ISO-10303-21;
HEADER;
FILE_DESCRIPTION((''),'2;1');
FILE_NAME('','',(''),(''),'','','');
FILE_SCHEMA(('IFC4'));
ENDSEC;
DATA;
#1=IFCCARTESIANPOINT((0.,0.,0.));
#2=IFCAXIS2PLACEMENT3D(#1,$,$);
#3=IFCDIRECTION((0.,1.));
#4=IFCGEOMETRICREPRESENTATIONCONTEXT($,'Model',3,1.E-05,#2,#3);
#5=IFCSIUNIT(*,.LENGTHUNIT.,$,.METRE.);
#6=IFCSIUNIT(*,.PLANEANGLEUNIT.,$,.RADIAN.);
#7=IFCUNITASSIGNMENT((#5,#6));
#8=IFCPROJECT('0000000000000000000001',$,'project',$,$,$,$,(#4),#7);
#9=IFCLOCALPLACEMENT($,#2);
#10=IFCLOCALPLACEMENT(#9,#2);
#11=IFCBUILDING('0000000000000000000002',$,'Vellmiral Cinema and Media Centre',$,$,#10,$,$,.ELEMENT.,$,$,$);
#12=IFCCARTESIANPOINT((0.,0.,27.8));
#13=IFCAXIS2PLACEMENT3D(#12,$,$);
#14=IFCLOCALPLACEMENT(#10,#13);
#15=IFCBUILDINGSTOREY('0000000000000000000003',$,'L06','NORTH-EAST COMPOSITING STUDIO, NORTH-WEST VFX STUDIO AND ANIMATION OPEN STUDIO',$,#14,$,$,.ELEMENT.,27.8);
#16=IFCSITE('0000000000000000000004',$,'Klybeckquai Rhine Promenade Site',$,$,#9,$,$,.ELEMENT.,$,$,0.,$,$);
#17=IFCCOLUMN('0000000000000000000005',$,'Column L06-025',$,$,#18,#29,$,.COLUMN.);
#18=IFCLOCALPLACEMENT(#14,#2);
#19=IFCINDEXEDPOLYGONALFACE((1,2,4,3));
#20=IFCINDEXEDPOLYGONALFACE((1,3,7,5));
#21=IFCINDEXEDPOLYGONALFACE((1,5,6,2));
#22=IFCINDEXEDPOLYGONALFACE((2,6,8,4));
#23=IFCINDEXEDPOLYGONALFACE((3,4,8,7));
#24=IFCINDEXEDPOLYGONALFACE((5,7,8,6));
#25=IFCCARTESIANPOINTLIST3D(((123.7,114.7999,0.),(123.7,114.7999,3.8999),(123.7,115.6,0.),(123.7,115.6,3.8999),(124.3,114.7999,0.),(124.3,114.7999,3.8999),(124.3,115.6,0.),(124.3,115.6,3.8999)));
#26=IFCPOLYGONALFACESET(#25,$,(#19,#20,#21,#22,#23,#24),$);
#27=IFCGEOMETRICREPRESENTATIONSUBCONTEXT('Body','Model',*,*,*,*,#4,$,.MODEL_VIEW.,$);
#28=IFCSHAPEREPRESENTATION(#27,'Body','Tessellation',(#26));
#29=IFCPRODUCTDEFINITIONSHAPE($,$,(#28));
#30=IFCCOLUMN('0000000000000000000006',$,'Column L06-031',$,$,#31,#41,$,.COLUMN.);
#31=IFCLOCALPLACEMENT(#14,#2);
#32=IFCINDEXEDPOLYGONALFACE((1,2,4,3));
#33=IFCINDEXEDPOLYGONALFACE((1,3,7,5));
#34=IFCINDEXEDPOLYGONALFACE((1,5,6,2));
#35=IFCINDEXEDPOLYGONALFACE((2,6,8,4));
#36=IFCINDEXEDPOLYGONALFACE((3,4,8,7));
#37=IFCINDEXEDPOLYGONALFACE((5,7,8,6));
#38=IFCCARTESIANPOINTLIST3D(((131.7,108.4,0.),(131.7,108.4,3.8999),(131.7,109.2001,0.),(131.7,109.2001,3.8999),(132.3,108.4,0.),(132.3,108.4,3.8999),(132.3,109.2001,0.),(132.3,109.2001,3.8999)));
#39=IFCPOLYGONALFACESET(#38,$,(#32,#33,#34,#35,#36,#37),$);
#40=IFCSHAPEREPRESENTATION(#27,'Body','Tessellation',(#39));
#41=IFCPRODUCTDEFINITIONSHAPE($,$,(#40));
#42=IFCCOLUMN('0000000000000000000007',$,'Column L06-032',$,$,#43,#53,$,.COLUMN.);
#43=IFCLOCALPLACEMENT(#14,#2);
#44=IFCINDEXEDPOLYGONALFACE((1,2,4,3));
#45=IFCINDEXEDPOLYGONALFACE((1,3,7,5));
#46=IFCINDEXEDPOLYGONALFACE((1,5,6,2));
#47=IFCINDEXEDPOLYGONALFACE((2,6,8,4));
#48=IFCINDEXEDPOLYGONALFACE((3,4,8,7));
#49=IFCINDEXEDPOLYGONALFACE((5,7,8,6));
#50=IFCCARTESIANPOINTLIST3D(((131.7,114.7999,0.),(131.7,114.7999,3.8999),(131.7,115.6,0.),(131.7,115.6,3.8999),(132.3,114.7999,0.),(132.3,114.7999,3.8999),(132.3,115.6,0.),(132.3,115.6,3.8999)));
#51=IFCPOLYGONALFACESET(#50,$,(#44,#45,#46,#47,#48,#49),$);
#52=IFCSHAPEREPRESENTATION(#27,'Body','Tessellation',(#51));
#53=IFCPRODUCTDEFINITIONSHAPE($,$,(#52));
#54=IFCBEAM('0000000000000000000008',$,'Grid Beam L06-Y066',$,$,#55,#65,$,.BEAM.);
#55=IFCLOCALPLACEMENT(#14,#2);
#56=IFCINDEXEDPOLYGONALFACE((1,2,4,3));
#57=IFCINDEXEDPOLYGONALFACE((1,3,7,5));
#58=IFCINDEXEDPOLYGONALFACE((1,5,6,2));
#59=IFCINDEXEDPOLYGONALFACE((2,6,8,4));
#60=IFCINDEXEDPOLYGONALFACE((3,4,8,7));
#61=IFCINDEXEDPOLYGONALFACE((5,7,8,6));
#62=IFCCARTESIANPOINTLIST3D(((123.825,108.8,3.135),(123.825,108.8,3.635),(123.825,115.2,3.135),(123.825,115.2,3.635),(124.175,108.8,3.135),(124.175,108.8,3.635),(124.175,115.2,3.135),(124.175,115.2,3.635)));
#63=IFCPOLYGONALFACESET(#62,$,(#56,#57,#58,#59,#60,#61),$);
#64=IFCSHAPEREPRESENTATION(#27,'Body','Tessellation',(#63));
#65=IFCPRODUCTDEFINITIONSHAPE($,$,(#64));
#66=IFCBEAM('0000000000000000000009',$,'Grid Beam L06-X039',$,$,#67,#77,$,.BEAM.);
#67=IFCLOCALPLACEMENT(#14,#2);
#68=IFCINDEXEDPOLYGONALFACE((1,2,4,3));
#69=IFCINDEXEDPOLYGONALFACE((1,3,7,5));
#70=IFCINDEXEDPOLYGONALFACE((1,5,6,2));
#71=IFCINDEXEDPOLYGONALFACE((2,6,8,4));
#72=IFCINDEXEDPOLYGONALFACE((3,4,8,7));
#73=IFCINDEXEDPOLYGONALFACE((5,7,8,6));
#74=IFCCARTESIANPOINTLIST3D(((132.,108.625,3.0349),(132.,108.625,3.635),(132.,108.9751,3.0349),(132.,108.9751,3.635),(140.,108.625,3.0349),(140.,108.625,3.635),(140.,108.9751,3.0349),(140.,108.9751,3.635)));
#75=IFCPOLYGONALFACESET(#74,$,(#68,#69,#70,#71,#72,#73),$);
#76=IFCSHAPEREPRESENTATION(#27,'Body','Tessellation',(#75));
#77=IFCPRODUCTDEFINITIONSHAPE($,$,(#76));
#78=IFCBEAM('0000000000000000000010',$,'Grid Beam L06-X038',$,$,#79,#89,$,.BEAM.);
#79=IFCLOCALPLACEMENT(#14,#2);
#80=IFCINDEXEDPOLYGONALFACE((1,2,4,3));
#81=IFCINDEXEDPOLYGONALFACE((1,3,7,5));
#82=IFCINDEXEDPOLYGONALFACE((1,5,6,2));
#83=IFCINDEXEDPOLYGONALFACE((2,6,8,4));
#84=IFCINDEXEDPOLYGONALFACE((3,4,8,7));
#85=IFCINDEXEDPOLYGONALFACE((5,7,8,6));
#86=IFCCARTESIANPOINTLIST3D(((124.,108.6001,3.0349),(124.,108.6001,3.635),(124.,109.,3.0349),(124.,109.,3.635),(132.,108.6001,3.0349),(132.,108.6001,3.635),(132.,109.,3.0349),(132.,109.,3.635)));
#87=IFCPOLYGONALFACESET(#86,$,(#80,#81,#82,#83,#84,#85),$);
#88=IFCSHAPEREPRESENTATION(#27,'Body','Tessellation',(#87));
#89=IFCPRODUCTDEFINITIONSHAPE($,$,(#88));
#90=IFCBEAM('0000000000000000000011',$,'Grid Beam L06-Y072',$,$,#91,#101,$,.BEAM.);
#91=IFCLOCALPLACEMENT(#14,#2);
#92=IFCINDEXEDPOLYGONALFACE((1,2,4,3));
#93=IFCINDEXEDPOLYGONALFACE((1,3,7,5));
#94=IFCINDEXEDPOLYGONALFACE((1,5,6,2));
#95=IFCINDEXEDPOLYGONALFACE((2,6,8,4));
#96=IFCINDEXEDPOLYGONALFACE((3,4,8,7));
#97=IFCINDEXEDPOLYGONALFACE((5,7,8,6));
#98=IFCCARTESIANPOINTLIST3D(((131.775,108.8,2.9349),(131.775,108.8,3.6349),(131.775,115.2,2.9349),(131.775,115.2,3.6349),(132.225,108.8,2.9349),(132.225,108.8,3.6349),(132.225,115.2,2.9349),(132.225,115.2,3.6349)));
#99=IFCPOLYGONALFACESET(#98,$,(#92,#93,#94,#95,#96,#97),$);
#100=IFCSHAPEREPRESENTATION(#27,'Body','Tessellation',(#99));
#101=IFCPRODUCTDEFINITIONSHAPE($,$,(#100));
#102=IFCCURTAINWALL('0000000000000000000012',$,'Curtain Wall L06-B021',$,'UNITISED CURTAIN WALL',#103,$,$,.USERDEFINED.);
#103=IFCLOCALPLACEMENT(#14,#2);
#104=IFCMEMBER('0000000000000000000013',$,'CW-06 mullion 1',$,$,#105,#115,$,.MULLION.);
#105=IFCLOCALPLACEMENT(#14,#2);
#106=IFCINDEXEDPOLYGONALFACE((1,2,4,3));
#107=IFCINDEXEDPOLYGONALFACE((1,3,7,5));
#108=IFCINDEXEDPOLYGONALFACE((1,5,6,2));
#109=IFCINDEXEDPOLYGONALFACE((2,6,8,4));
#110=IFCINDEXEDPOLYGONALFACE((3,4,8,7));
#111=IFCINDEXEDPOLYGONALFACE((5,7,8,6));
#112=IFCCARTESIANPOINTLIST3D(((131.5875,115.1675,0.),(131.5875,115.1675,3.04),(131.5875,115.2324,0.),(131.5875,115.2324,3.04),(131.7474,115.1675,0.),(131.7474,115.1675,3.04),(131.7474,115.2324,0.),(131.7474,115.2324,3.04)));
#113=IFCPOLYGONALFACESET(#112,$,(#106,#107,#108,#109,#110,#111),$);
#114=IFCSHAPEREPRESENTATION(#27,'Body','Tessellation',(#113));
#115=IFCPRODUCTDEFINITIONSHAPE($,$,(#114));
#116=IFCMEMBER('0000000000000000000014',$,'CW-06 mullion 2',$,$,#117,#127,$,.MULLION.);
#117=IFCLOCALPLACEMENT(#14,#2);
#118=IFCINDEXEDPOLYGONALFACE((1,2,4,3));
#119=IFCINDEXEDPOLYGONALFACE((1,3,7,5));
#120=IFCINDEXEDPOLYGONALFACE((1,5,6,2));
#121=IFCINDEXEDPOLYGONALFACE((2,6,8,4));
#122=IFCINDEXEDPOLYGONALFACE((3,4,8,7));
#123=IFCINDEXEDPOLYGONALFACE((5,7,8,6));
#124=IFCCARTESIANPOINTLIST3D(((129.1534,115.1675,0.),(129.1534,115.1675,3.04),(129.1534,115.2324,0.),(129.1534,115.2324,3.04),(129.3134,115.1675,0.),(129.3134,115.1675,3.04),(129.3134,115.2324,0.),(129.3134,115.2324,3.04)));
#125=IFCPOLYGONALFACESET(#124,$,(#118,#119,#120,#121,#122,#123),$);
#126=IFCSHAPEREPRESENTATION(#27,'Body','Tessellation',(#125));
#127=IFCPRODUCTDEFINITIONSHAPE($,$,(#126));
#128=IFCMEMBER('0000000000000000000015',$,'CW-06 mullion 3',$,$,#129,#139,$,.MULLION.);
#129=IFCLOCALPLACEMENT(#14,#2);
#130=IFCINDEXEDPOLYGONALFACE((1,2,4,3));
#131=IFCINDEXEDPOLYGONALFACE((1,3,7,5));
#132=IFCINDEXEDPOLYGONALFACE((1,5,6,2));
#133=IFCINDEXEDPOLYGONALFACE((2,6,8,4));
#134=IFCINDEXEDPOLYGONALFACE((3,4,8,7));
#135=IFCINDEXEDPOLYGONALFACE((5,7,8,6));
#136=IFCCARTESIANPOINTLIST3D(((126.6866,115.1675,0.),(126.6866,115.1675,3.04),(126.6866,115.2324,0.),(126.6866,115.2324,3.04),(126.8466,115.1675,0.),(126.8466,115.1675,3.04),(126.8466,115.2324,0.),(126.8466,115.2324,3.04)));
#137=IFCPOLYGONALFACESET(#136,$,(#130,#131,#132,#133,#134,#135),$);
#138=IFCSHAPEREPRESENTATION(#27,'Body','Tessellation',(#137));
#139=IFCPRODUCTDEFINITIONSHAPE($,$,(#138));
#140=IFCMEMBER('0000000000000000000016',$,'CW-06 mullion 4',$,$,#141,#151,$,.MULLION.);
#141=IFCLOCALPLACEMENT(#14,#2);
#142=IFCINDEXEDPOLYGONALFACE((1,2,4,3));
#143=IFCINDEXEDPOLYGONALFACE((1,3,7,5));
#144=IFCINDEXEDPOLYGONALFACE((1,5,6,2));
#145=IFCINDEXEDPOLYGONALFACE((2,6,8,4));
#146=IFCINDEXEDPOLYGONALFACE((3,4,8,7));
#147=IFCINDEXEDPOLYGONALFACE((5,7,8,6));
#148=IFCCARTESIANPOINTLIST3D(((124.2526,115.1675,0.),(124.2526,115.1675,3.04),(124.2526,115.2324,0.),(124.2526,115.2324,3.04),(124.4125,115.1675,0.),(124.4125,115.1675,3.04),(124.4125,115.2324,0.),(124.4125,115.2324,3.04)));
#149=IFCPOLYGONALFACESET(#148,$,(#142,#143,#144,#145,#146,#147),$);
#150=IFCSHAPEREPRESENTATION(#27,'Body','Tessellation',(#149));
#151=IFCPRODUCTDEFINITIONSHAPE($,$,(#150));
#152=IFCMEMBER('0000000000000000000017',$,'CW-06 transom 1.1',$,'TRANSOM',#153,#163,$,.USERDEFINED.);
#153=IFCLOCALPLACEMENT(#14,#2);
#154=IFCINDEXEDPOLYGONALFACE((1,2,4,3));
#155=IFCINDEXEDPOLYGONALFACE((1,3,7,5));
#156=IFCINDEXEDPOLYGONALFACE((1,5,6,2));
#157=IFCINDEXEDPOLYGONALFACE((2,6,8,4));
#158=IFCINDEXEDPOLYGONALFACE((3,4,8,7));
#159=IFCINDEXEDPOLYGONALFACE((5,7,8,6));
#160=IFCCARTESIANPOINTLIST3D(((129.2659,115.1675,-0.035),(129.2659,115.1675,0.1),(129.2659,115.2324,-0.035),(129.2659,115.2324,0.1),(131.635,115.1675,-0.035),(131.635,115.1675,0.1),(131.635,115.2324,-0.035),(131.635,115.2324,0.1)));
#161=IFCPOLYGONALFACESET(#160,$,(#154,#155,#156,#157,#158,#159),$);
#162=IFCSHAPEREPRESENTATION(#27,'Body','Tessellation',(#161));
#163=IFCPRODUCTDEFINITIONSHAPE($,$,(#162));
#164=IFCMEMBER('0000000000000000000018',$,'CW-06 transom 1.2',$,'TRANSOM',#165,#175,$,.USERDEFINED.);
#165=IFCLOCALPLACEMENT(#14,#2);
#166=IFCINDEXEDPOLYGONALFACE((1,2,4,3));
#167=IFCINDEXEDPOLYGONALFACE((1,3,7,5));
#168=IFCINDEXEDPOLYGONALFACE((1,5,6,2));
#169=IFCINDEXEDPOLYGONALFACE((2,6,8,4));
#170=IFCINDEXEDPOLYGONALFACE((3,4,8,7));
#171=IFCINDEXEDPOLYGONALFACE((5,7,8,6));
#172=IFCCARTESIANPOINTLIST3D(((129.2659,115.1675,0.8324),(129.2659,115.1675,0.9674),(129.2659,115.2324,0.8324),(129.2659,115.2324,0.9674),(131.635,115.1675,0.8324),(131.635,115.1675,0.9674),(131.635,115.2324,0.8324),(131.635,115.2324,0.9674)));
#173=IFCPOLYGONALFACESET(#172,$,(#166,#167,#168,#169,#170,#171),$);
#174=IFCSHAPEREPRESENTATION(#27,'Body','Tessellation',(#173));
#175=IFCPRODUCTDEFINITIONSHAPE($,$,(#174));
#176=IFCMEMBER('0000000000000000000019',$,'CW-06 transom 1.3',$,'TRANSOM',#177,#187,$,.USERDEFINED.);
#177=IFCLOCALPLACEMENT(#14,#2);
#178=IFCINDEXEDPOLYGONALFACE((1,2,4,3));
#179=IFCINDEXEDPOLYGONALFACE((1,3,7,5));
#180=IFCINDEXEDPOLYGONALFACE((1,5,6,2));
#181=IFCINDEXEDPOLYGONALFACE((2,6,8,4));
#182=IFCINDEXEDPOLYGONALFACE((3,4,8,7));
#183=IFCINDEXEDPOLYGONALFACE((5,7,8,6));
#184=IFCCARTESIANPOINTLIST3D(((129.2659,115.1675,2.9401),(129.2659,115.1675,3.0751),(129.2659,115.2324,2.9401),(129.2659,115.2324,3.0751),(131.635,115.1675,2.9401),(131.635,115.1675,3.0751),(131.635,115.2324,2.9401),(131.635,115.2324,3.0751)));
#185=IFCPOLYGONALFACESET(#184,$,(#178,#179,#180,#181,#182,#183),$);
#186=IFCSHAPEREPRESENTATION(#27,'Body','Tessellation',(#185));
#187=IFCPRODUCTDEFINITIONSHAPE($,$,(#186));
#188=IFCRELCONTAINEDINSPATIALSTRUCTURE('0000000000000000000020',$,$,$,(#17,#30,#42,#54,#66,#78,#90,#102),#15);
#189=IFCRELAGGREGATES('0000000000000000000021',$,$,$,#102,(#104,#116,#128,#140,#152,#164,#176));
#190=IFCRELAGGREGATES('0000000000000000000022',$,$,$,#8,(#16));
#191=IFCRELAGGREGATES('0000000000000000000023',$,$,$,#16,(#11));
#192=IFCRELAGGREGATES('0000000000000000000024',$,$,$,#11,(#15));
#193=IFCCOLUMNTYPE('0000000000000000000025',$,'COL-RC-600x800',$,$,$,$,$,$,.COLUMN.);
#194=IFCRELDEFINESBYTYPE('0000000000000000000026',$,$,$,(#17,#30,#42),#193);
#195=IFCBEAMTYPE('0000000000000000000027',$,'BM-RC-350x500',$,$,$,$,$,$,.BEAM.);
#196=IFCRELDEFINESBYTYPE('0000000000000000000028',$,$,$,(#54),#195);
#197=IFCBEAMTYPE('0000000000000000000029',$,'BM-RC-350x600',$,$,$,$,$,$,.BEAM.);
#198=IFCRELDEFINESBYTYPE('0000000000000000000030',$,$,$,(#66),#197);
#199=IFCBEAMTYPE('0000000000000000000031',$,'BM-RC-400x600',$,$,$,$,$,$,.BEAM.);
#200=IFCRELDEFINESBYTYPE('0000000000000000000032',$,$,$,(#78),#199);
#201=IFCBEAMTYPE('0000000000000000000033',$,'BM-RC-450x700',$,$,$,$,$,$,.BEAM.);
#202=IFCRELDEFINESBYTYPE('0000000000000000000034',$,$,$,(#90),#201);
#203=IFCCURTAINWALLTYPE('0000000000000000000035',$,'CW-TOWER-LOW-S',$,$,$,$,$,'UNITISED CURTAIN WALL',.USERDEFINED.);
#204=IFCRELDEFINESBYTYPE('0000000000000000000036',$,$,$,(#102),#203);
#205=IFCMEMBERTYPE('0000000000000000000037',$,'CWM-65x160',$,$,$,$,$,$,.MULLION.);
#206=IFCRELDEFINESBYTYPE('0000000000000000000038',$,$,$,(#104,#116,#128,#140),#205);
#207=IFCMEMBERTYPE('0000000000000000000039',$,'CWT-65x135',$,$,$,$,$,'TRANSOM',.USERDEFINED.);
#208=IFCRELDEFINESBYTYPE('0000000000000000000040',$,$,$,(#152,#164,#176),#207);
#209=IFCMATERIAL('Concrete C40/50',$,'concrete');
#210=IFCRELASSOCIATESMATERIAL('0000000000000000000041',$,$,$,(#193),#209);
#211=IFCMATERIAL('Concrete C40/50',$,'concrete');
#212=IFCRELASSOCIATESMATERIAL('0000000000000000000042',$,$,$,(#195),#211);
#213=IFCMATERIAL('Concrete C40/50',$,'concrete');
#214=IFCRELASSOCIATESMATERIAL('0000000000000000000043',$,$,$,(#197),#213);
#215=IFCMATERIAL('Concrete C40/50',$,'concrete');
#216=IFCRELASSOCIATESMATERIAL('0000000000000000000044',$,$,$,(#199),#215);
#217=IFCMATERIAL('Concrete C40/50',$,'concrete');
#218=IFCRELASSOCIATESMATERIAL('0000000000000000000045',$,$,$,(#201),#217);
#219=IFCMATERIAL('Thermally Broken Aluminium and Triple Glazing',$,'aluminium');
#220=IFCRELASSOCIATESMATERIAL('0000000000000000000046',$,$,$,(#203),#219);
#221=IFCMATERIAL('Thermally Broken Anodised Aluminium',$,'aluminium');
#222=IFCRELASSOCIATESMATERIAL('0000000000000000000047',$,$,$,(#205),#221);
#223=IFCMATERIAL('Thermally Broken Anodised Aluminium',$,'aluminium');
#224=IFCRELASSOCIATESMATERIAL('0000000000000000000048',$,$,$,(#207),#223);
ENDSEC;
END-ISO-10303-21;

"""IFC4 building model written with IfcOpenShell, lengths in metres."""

from ifc_helpers import new_model, si_unit, direction, frame, origin, origin_2d, place, context, subcontext, project, spatial, rectangle, extrude, material, material_profile, profile_set, type_object, element, aggregate, save


model = new_model("IFC4")

# Units and contexts
model_context = context("Model", 3, precision=1e-05, world=origin(), true_north=direction((0.0, 1.0)))
body_context = subcontext(model_context, "Body", "Model", "MODEL_VIEW")
ifc_project = project(units=[si_unit("LENGTHUNIT", "METRE"), si_unit("PLANEANGLEUNIT", "RADIAN")], contexts=[model_context])

# Site, building, storey
site_placement = place(None, origin())
site = spatial("IfcSite", under=ifc_project, at=site_placement, Name="Klybeckquai Rhine Promenade Site", CompositionType="ELEMENT", RefElevation=0.0)
building_placement = place(site_placement, origin())
building = spatial("IfcBuilding", under=site, at=building_placement, Name="Vellmiral Cinema and Media Centre", CompositionType="ELEMENT")
storey_placement = place(building_placement, frame((0.0, 0.0, 27.8)))
storey = spatial("IfcBuildingStorey", under=building, at=storey_placement, Name="L06", Description="NORTH-EAST COMPOSITING STUDIO, NORTH-WEST VFX STUDIO AND ANIMATION OPEN STUDIO", CompositionType="ELEMENT", Elevation=27.8)

# Columns
ifc_material_1 = material(Name="Concrete C40/50", Category="concrete")
ifc_material_profile_1 = material_profile(ifc_material_1, rectangle(XDim=0.6001, YDim=0.8, at=origin_2d()), Name="RC 600x800")
ifc_profile_set_1 = profile_set([ifc_material_profile_1], Name="Concrete C40/50")
column_type = type_object("IfcColumnType", Name="COL-RC-600x800", PredefinedType="COLUMN", material=ifc_profile_set_1)
for number, where, z_axis, x_axis, name in (
    (1, (124.0, 115.2, 0.0), (0.0, 0.0, 1.0), (1.0, 0.0, 0.0), "Column L06-025"),
    (2, (132.0, 108.8, 0.0), (0.0, 0.0, 1.0), (1.0, 0.0, 0.0), "Column L06-031"),
    (3, (132.0, 115.2, 0.0), (0.0, 0.0, 1.0), (1.0, 0.0, 0.0), "Column L06-032"),
):
    element("IfcColumn", number, at=place(storey_placement, frame(where, z_axis=z_axis, x_axis=x_axis)), inside=storey, type_object=column_type, Name=name, PredefinedType="COLUMN", context=body_context, shape_type="SweptSolid", body=[
        extrude(rectangle(XDim=0.6001, YDim=0.8, at=origin_2d()), origin(), (0.0, 0.0, 1.0), 3.8999),
    ])

# Beams
ifc_material_2 = material(Name="Concrete C40/50", Category="concrete")
ifc_material_profile_2 = material_profile(ifc_material_2, rectangle(XDim=0.3501, YDim=0.5, at=origin_2d()), Name="RC 350x500")
ifc_profile_set_2 = profile_set([ifc_material_profile_2], Name="Concrete C40/50")
beam_type_1 = type_object("IfcBeamType", Name="BM-RC-350x500", PredefinedType="BEAM", material=ifc_profile_set_2)
beam_1_placement = place(storey_placement, frame((124.0, 108.8, 3.385), z_axis=(0.0, 1.0, 0.0), x_axis=(-1.0, 0.0, 0.0)))
element("IfcBeam", 4, at=beam_1_placement, inside=storey, type_object=beam_type_1, Name="Grid Beam L06-Y066", PredefinedType="BEAM", context=body_context, shape_type="SweptSolid", body=[
    extrude(rectangle(XDim=0.3501, YDim=0.5, at=origin_2d()), origin(), (0.0, 0.0, 1.0), 6.3999),
])
ifc_material_3 = material(Name="Concrete C40/50", Category="concrete")
ifc_material_profile_3 = material_profile(ifc_material_3, rectangle(XDim=0.3501, YDim=0.6001, at=origin_2d()), Name="RC 350x600")
ifc_profile_set_3 = profile_set([ifc_material_profile_3], Name="Concrete C40/50")
beam_type_2 = type_object("IfcBeamType", Name="BM-RC-350x600", PredefinedType="BEAM", material=ifc_profile_set_3)
beam_2_placement = place(storey_placement, frame((132.0, 108.8, 3.335), z_axis=(1.0, 0.0, 0.0), x_axis=(0.0, 1.0, 0.0)))
element("IfcBeam", 5, at=beam_2_placement, inside=storey, type_object=beam_type_2, Name="Grid Beam L06-X039", PredefinedType="BEAM", context=body_context, shape_type="SweptSolid", body=[
    extrude(rectangle(XDim=0.3501, YDim=0.6001, at=origin_2d()), origin(), (0.0, 0.0, 1.0), 8.0),
])
ifc_material_4 = material(Name="Concrete C40/50", Category="concrete")
ifc_material_profile_4 = material_profile(ifc_material_4, rectangle(XDim=0.3999, YDim=0.6001, at=origin_2d()), Name="RC 400x600")
ifc_profile_set_4 = profile_set([ifc_material_profile_4], Name="Concrete C40/50")
beam_type_3 = type_object("IfcBeamType", Name="BM-RC-400x600", PredefinedType="BEAM", material=ifc_profile_set_4)
beam_3_placement = place(storey_placement, frame((124.0, 108.8, 3.335), z_axis=(1.0, 0.0, 0.0), x_axis=(0.0, 1.0, 0.0)))
element("IfcBeam", 6, at=beam_3_placement, inside=storey, type_object=beam_type_3, Name="Grid Beam L06-X038", PredefinedType="BEAM", context=body_context, shape_type="SweptSolid", body=[
    extrude(rectangle(XDim=0.3999, YDim=0.6001, at=origin_2d()), origin(), (0.0, 0.0, 1.0), 8.0),
])
ifc_material_5 = material(Name="Concrete C40/50", Category="concrete")
ifc_material_profile_5 = material_profile(ifc_material_5, rectangle(XDim=0.45, YDim=0.7, at=origin_2d()), Name="RC 450x700")
ifc_profile_set_5 = profile_set([ifc_material_profile_5], Name="Concrete C40/50")
beam_type_4 = type_object("IfcBeamType", Name="BM-RC-450x700", PredefinedType="BEAM", material=ifc_profile_set_5)
beam_4_placement = place(storey_placement, frame((132.0, 108.8, 3.2849), z_axis=(0.0, 1.0, 0.0), x_axis=(-1.0, 0.0, 0.0)))
element("IfcBeam", 7, at=beam_4_placement, inside=storey, type_object=beam_type_4, Name="Grid Beam L06-Y072", PredefinedType="BEAM", context=body_context, shape_type="SweptSolid", body=[
    extrude(rectangle(XDim=0.45, YDim=0.7, at=origin_2d()), origin(), (0.0, 0.0, 1.0), 6.3999),
])

# Curtain wall, members
ifc_material_6 = material(Name="Thermally Broken Aluminium and Triple Glazing", Category="aluminium")
curtain_wall_type = type_object("IfcCurtainWallType", Name="CW-TOWER-LOW-S", ElementType="UNITISED CURTAIN WALL", PredefinedType="USERDEFINED", material=ifc_material_6)
curtain_wall_placement = place(storey_placement, origin())
curtain_wall = element("IfcCurtainWall", 8, at=curtain_wall_placement, inside=storey, type_object=curtain_wall_type, Name="Curtain Wall L06-B021", ObjectType="UNITISED CURTAIN WALL", PredefinedType="USERDEFINED")
ifc_material_7 = material(Name="Thermally Broken Anodised Aluminium", Category="aluminium")
ifc_material_profile_6 = material_profile(ifc_material_7, rectangle(XDim=0.0649, YDim=0.1599, at=origin_2d()), Name="MULL 65x160")
ifc_profile_set_6 = profile_set([ifc_material_profile_6], Name="Thermally Broken Anodised Aluminium")
member_type_1 = type_object("IfcMemberType", Name="CWM-65x160", PredefinedType="MULLION", material=ifc_profile_set_6)
member_1_placement = place(storey_placement, frame((131.6675, 115.2, 0.0), z_axis=(0.0, 0.0, 1.0), x_axis=(0.0, -1.0, 0.0)))
member_1 = element("IfcMember", 9, at=member_1_placement, type_object=member_type_1, Name="CW-06 mullion 1", PredefinedType="MULLION", context=body_context, shape_type="SweptSolid", body=[
    extrude(rectangle(XDim=0.0649, YDim=0.1599, at=origin_2d()), origin(), (0.0, 0.0, 1.0), 3.04),
])
member_2_placement = place(storey_placement, frame((129.2334, 115.2, 0.0), z_axis=(0.0, 0.0, 1.0), x_axis=(0.0, -1.0, 0.0)))
member_2 = element("IfcMember", 10, at=member_2_placement, type_object=member_type_1, Name="CW-06 mullion 2", PredefinedType="MULLION", context=body_context, shape_type="SweptSolid", body=[
    extrude(rectangle(XDim=0.0649, YDim=0.1599, at=origin_2d()), origin(), (0.0, 0.0, 1.0), 3.04),
])
member_3_placement = place(storey_placement, frame((126.7666, 115.2, 0.0), z_axis=(0.0, 0.0, 1.0), x_axis=(0.0, -1.0, 0.0)))
member_3 = element("IfcMember", 11, at=member_3_placement, type_object=member_type_1, Name="CW-06 mullion 3", PredefinedType="MULLION", context=body_context, shape_type="SweptSolid", body=[
    extrude(rectangle(XDim=0.0649, YDim=0.1599, at=origin_2d()), origin(), (0.0, 0.0, 1.0), 3.04),
])
member_4_placement = place(storey_placement, frame((124.3325, 115.2, 0.0), z_axis=(0.0, 0.0, 1.0), x_axis=(0.0, -1.0, 0.0)))
member_4 = element("IfcMember", 12, at=member_4_placement, type_object=member_type_1, Name="CW-06 mullion 4", PredefinedType="MULLION", context=body_context, shape_type="SweptSolid", body=[
    extrude(rectangle(XDim=0.0649, YDim=0.1599, at=origin_2d()), origin(), (0.0, 0.0, 1.0), 3.04),
])
ifc_material_8 = material(Name="Thermally Broken Anodised Aluminium", Category="aluminium")
ifc_material_profile_7 = material_profile(ifc_material_8, rectangle(XDim=0.0649, YDim=0.135, at=origin_2d()), Name="MULL 65x135")
ifc_profile_set_7 = profile_set([ifc_material_profile_7], Name="Thermally Broken Anodised Aluminium")
member_type_2 = type_object("IfcMemberType", Name="CWT-65x135", ElementType="TRANSOM", PredefinedType="USERDEFINED", material=ifc_profile_set_7)
member_5_placement = place(storey_placement, frame((131.635, 115.2, 0.0325), z_axis=(-1.0, 0.0, 0.0), x_axis=(0.0, -1.0, 0.0)))
member_5 = element("IfcMember", 13, at=member_5_placement, type_object=member_type_2, Name="CW-06 transom 1.1", ObjectType="TRANSOM", PredefinedType="USERDEFINED", context=body_context, shape_type="SweptSolid", body=[
    extrude(rectangle(XDim=0.0649, YDim=0.135, at=origin_2d()), origin(), (0.0, 0.0, 1.0), 2.3691),
])
member_6_placement = place(storey_placement, frame((131.635, 115.2, 0.8999), z_axis=(-1.0, 0.0, 0.0), x_axis=(0.0, -1.0, 0.0)))
member_6 = element("IfcMember", 14, at=member_6_placement, type_object=member_type_2, Name="CW-06 transom 1.2", ObjectType="TRANSOM", PredefinedType="USERDEFINED", context=body_context, shape_type="SweptSolid", body=[
    extrude(rectangle(XDim=0.0649, YDim=0.135, at=origin_2d()), origin(), (0.0, 0.0, 1.0), 2.3691),
])
member_7_placement = place(storey_placement, frame((131.635, 115.2, 3.0076), z_axis=(-1.0, 0.0, 0.0), x_axis=(0.0, -1.0, 0.0)))
member_7 = element("IfcMember", 15, at=member_7_placement, type_object=member_type_2, Name="CW-06 transom 1.3", ObjectType="TRANSOM", PredefinedType="USERDEFINED", context=body_context, shape_type="SweptSolid", body=[
    extrude(rectangle(XDim=0.0649, YDim=0.135, at=origin_2d()), origin(), (0.0, 0.0, 1.0), 2.3691),
])

aggregate(curtain_wall, [member_1, member_2, member_3, member_4, member_5, member_6, member_7])

save(model, "model.ifc")
